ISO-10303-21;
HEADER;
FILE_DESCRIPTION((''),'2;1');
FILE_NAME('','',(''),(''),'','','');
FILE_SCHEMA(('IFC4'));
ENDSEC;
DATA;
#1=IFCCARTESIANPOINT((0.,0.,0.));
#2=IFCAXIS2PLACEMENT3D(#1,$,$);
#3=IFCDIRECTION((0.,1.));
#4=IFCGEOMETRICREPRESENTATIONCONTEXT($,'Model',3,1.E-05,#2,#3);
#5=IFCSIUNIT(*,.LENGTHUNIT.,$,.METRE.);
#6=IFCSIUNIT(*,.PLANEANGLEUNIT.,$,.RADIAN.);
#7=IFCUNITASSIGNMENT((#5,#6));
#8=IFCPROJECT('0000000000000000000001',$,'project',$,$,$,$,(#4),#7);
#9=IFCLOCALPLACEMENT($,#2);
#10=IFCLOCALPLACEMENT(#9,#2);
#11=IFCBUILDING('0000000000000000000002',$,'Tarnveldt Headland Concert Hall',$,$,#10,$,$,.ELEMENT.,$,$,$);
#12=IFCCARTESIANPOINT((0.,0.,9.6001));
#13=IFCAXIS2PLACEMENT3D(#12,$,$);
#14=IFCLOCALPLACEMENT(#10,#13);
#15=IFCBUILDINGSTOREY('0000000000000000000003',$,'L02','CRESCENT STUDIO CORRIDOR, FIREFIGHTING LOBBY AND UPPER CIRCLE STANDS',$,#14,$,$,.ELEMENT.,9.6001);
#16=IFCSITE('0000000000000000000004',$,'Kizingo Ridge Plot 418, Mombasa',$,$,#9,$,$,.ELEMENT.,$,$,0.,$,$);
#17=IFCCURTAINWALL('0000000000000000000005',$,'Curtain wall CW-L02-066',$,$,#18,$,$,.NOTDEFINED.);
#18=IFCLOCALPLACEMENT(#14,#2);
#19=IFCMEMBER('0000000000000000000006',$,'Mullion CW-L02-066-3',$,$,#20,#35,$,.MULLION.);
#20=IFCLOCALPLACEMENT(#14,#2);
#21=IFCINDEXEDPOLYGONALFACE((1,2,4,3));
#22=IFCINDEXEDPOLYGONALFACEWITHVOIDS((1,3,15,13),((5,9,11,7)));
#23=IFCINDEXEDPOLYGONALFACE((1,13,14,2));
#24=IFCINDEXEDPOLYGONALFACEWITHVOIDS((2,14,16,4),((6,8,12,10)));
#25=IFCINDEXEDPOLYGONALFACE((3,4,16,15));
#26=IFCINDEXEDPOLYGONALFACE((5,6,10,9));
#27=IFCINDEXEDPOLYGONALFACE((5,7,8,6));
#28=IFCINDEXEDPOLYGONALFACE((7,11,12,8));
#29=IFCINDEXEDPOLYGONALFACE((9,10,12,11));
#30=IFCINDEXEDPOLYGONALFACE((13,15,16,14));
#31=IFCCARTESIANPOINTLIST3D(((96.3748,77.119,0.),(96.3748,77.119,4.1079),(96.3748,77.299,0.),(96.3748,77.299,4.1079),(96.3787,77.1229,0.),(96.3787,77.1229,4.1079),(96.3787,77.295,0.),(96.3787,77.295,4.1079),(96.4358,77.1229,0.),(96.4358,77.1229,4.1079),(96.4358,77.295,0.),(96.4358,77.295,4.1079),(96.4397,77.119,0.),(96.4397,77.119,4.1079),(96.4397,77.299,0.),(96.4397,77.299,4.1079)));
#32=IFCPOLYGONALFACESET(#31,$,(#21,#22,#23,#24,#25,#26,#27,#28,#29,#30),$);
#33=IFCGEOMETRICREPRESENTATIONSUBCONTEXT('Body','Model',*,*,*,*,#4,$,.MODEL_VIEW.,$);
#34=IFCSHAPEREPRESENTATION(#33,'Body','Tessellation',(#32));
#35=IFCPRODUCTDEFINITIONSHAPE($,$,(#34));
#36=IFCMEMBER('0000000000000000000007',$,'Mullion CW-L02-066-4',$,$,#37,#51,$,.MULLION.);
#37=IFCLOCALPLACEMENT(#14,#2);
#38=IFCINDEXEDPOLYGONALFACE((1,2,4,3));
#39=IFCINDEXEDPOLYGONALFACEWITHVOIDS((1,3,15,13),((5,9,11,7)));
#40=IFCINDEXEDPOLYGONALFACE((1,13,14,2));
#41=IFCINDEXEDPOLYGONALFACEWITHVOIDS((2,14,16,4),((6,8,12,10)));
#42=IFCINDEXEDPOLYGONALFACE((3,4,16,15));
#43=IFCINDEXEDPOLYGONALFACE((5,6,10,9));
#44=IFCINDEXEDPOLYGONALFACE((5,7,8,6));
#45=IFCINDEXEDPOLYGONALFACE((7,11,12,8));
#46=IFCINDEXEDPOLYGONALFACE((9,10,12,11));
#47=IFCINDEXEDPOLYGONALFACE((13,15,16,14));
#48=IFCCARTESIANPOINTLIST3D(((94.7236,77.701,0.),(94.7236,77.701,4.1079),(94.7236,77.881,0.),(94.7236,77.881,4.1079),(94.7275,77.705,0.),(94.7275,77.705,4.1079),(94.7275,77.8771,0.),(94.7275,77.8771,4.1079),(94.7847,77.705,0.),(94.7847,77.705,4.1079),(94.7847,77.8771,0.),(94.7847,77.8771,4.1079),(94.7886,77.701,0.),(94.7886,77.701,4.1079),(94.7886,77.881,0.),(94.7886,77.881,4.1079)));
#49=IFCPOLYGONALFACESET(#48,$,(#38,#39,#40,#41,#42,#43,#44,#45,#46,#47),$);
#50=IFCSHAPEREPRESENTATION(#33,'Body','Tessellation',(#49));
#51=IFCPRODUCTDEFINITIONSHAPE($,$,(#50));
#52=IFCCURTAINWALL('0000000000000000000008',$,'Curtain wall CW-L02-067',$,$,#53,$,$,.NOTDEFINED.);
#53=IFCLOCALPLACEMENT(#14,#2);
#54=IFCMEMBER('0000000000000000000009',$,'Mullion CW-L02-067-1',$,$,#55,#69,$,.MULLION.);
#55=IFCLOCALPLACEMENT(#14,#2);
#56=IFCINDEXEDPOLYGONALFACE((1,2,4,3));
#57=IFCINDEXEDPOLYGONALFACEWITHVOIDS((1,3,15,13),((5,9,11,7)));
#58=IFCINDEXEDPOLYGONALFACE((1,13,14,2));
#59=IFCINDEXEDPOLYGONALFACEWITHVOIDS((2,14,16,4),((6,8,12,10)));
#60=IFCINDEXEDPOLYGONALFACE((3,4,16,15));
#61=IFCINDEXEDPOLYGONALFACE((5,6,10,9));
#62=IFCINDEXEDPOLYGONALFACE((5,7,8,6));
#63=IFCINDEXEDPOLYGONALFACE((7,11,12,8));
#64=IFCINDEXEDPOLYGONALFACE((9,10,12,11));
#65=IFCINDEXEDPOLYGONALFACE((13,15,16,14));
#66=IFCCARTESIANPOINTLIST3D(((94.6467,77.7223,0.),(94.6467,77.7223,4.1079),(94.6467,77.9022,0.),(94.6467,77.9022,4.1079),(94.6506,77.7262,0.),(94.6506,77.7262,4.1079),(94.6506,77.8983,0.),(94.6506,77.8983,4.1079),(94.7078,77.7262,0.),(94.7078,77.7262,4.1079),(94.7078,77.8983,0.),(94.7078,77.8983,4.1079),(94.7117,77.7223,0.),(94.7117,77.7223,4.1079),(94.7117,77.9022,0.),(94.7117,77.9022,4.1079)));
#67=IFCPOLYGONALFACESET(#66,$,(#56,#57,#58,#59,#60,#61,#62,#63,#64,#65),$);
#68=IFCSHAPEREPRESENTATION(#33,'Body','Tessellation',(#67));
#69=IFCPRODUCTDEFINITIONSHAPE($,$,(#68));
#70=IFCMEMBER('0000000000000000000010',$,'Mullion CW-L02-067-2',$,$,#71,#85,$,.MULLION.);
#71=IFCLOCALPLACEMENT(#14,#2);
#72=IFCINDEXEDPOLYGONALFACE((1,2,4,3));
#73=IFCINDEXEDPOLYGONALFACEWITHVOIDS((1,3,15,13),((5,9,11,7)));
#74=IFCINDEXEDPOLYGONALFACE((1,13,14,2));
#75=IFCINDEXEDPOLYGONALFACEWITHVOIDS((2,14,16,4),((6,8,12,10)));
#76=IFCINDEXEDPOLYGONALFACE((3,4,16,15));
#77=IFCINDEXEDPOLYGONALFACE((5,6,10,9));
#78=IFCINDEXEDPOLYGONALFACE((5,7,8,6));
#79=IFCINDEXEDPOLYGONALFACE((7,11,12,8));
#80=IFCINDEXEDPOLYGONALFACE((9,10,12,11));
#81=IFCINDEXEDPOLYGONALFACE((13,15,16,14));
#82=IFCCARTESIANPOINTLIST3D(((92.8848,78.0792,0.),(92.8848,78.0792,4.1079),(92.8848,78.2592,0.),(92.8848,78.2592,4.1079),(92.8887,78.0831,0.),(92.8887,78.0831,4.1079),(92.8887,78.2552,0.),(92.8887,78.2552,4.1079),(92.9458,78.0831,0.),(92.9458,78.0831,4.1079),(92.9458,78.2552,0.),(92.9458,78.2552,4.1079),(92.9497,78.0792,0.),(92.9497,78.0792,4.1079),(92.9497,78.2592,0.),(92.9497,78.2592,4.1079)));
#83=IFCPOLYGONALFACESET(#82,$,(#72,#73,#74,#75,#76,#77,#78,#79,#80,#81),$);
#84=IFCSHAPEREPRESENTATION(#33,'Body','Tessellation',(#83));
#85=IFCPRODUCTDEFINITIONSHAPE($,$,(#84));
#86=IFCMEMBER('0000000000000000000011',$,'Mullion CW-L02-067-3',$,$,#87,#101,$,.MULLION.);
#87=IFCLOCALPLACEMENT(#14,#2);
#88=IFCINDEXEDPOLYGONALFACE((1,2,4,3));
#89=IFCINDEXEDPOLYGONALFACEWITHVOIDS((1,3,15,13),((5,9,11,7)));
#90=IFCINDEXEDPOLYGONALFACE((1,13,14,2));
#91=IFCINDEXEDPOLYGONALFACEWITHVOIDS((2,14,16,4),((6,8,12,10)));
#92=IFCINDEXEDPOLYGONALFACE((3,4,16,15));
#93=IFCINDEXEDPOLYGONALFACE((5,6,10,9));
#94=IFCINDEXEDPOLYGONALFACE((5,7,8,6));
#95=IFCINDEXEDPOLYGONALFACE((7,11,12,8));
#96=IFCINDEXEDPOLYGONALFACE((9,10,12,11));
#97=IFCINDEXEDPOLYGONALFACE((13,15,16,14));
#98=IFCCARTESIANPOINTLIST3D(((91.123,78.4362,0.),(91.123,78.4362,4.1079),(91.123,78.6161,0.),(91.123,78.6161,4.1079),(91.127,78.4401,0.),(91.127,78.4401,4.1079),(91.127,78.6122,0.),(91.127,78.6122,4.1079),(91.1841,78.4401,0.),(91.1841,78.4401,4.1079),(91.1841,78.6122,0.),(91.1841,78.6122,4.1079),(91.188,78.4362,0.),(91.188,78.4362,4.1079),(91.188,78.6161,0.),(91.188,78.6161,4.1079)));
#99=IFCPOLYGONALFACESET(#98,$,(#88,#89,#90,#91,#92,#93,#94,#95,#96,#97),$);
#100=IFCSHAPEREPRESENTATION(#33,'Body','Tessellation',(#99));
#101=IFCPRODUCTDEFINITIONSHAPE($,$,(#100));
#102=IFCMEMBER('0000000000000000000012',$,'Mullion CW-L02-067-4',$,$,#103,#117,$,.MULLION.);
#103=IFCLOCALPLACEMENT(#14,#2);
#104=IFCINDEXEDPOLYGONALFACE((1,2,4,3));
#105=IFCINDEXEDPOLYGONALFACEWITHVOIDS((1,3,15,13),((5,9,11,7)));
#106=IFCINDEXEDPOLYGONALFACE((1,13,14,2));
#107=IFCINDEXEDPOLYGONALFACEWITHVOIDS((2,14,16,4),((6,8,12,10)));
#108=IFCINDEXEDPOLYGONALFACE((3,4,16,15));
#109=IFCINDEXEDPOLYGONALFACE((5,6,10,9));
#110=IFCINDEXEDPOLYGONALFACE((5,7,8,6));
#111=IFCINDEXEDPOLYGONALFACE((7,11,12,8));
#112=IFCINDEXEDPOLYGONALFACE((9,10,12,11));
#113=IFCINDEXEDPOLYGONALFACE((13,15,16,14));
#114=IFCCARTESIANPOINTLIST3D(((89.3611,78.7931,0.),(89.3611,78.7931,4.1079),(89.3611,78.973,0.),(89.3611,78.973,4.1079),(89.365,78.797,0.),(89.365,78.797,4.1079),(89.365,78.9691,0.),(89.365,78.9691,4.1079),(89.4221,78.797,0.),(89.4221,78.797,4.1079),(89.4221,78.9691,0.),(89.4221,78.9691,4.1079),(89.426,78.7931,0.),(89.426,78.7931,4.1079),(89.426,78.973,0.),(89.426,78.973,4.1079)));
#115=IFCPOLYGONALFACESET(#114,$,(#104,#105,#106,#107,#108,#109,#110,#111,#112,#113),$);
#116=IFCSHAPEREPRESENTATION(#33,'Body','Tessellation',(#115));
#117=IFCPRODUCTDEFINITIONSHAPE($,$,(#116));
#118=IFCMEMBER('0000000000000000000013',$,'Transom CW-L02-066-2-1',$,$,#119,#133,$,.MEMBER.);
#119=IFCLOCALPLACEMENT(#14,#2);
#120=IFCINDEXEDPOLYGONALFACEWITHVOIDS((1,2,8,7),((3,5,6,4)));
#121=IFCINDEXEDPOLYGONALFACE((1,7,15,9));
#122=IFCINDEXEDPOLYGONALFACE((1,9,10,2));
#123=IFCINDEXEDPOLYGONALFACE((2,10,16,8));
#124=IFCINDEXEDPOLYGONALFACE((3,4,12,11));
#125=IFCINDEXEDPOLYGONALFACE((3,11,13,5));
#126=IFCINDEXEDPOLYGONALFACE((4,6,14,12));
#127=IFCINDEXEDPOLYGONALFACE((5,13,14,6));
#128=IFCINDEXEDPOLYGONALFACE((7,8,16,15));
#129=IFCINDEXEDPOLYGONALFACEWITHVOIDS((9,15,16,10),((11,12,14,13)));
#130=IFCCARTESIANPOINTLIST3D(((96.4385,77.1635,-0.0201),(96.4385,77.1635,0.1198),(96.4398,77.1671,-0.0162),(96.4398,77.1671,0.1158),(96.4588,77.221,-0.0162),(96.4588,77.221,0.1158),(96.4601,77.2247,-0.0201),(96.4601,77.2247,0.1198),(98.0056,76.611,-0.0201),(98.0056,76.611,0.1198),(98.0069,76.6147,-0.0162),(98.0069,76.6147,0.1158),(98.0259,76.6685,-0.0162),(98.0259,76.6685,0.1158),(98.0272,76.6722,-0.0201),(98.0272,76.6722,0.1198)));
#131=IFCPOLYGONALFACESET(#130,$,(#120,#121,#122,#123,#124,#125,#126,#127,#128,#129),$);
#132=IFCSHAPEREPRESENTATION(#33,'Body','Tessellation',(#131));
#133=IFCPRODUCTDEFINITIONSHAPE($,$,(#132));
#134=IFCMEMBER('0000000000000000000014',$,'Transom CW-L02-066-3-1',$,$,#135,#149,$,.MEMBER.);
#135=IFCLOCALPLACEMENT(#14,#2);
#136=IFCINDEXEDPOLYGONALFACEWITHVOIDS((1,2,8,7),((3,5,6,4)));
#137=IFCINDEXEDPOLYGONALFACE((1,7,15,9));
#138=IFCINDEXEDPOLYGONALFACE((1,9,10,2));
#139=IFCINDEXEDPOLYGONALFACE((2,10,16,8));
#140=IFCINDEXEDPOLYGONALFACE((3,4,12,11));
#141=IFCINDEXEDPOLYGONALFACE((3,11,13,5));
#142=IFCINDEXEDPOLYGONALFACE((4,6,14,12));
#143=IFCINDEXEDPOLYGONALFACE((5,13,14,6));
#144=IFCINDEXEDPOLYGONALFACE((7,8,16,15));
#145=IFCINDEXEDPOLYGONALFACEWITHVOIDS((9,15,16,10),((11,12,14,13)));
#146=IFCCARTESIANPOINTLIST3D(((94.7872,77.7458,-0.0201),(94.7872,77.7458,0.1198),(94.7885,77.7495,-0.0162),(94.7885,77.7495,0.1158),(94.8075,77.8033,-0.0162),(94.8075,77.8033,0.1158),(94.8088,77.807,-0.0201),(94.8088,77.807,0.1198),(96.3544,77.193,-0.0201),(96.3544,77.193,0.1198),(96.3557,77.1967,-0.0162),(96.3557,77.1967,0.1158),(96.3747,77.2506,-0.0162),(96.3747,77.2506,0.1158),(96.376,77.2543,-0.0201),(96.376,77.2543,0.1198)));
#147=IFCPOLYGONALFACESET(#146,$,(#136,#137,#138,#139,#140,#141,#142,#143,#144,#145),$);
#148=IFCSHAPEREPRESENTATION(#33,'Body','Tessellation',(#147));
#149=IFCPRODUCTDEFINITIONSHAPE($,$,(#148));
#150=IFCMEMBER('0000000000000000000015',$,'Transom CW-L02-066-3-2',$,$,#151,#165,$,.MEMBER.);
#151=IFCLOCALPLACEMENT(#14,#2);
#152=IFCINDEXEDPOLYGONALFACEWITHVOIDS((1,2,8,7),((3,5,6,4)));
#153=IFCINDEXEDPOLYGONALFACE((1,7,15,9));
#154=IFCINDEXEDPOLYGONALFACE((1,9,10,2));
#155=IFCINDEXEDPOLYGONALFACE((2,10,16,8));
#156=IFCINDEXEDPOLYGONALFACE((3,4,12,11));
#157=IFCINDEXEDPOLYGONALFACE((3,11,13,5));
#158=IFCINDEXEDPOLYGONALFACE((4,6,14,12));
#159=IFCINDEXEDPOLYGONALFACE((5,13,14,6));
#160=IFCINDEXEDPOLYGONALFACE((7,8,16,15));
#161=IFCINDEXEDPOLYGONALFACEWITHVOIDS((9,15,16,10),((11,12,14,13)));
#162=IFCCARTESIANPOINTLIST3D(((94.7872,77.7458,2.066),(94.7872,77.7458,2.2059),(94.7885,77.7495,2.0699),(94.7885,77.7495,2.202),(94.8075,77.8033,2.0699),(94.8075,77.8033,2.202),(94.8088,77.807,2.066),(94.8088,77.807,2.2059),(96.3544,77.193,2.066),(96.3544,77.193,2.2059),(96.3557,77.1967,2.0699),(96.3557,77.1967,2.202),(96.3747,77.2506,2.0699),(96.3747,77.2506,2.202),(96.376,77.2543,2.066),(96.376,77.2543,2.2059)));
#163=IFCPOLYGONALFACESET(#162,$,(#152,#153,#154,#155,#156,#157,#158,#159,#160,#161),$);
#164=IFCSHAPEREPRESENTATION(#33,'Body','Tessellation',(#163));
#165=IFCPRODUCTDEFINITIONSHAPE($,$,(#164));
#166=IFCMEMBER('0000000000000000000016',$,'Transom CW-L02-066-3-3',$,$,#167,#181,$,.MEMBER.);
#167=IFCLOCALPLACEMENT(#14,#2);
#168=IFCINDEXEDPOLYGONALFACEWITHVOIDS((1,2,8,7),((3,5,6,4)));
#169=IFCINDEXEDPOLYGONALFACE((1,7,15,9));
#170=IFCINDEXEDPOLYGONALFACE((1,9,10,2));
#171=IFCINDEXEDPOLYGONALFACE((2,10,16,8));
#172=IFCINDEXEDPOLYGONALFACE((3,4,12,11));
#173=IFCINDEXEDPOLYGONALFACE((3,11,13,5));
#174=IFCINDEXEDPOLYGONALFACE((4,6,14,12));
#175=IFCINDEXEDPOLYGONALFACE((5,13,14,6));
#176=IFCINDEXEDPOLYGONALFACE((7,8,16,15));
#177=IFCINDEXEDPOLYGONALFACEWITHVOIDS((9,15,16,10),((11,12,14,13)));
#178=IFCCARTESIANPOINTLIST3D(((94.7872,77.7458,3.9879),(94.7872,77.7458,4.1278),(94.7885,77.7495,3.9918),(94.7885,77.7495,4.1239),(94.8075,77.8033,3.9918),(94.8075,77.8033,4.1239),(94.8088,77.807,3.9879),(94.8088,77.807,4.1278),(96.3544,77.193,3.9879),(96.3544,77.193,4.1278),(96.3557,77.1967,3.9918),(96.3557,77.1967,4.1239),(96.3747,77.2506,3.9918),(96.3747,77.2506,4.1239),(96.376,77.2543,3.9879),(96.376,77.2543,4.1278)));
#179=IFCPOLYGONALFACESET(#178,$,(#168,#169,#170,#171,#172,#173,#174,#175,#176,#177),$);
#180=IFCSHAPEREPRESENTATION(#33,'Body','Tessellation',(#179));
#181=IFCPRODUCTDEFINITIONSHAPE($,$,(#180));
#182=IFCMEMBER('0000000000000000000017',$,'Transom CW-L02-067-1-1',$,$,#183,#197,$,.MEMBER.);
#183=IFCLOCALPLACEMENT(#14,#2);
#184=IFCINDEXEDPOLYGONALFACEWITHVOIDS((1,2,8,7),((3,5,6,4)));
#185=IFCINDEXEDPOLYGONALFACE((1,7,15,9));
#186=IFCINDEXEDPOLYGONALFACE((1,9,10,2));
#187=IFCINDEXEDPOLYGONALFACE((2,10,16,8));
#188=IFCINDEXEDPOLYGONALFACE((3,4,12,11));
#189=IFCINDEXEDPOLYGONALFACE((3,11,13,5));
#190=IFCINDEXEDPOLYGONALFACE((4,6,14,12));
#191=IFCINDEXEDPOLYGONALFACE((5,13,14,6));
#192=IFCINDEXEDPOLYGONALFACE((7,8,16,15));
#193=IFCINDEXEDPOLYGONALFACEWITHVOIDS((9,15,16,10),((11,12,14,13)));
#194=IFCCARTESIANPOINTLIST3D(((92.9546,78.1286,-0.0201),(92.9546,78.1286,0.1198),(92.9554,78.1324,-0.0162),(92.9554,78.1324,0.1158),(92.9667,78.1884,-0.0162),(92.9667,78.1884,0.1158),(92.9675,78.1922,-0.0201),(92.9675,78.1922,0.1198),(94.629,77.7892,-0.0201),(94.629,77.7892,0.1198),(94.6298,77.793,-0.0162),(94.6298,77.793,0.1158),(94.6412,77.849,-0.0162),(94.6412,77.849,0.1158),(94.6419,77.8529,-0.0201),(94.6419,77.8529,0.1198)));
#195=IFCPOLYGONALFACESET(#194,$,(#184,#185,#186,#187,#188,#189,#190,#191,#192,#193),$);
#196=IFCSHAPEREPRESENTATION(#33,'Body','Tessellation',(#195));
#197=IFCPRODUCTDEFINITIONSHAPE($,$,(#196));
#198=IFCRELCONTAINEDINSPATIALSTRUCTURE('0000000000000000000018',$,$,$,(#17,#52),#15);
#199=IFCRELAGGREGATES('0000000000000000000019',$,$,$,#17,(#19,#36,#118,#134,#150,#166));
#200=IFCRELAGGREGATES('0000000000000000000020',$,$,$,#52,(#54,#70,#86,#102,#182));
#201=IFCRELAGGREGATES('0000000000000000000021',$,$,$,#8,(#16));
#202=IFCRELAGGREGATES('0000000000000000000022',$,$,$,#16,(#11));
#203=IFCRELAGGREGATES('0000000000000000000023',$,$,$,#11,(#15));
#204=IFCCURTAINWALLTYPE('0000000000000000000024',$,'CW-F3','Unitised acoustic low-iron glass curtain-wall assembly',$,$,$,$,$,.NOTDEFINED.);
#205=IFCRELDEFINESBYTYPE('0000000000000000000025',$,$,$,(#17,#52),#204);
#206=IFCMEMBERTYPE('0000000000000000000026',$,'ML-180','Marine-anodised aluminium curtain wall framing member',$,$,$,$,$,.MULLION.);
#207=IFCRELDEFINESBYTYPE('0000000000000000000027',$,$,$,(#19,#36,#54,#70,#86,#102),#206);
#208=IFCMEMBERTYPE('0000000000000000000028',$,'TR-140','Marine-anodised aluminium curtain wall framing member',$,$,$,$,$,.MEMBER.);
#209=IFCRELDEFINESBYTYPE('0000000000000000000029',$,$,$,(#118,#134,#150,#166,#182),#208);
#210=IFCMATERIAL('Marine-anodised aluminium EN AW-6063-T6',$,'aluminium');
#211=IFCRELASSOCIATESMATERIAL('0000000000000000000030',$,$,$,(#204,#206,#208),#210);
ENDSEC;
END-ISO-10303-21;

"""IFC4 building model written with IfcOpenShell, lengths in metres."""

from ifc_helpers import new_model, si_unit, direction, frame, origin, origin_2d, place, context, subcontext, project, spatial, hollow_rectangle, extrude, material, material_profile, profile_set, type_object, element, aggregate, save


model = new_model("IFC4")

# Units and contexts
model_context = context("Model", 3, precision=1e-05, world=origin(), true_north=direction((0.0, 1.0)))
body_context = subcontext(model_context, "Body", "Model", "MODEL_VIEW")
ifc_project = project(units=[si_unit("LENGTHUNIT", "METRE"), si_unit("PLANEANGLEUNIT", "RADIAN")], contexts=[model_context])

# Site, building, storey
site_placement = place(None, origin())
site = spatial("IfcSite", under=ifc_project, at=site_placement, Name="Kizingo Ridge Plot 418, Mombasa", CompositionType="ELEMENT", RefElevation=0.0)
building_placement = place(site_placement, origin())
building = spatial("IfcBuilding", under=site, at=building_placement, Name="Tarnveldt Headland Concert Hall", CompositionType="ELEMENT")
storey_placement = place(building_placement, frame((0.0, 0.0, 9.6001)))
storey = spatial("IfcBuildingStorey", under=building, at=storey_placement, Name="L02", Description="CRESCENT STUDIO CORRIDOR, FIREFIGHTING LOBBY AND UPPER CIRCLE STANDS", CompositionType="ELEMENT", Elevation=9.6001)

# Curtain walls, members
ifc_material_1 = material(Name="Marine-anodised aluminium EN AW-6063-T6", Category="aluminium")
curtain_wall_type = type_object("IfcCurtainWallType", Name="CW-F3", Description="Unitised acoustic low-iron glass curtain-wall assembly", PredefinedType="NOTDEFINED", material=ifc_material_1)
curtain_wall_1_placement = place(storey_placement, origin())
curtain_wall_1 = element("IfcCurtainWall", 1, at=curtain_wall_1_placement, inside=storey, type_object=curtain_wall_type, Name="Curtain wall CW-L02-066", PredefinedType="NOTDEFINED")
ifc_material_profile_1 = material_profile(ifc_material_1, hollow_rectangle(XDim=0.0649, YDim=0.1799, WallThickness=0.0039, at=origin_2d()), Name="ALU MULLION 65x180x4", Category="aluminium")
ifc_profile_set_1 = profile_set([ifc_material_profile_1], Name="Marine-anodised aluminium EN AW-6063-T6")
member_type_1 = type_object("IfcMemberType", Name="ML-180", Description="Marine-anodised aluminium curtain wall framing member", PredefinedType="MULLION", material=ifc_profile_set_1)
member_1_placement = place(storey_placement, frame((96.4072, 77.209, 0.0), z_axis=(0.0, 0.0, 1.0), x_axis=(1.0, 0.0, 0.0)))
member_1 = element("IfcMember", 2, at=member_1_placement, type_object=member_type_1, Name="Mullion CW-L02-066-3", PredefinedType="MULLION", context=body_context, shape_type="SweptSolid", body=[
    extrude(hollow_rectangle(XDim=0.0649, YDim=0.1799, WallThickness=0.0039, at=origin_2d()), origin(), (0.0, 0.0, 1.0), 4.1079),
])
member_2_placement = place(storey_placement, frame((94.7561, 77.791, 0.0), z_axis=(0.0, 0.0, 1.0), x_axis=(1.0, 0.0, 0.0)))
member_2 = element("IfcMember", 3, at=member_2_placement, type_object=member_type_1, Name="Mullion CW-L02-066-4", PredefinedType="MULLION", context=body_context, shape_type="SweptSolid", body=[
    extrude(hollow_rectangle(XDim=0.0649, YDim=0.1799, WallThickness=0.0039, at=origin_2d()), origin(), (0.0, 0.0, 1.0), 4.1079),
])
curtain_wall_2_placement = place(storey_placement, origin())
curtain_wall_2 = element("IfcCurtainWall", 4, at=curtain_wall_2_placement, inside=storey, type_object=curtain_wall_type, Name="Curtain wall CW-L02-067", PredefinedType="NOTDEFINED")
member_3_placement = place(storey_placement, frame((94.6792, 77.8123, 0.0), z_axis=(0.0, 0.0, 1.0), x_axis=(1.0, 0.0, 0.0)))
member_3 = element("IfcMember", 5, at=member_3_placement, type_object=member_type_1, Name="Mullion CW-L02-067-1", PredefinedType="MULLION", context=body_context, shape_type="SweptSolid", body=[
    extrude(hollow_rectangle(XDim=0.0649, YDim=0.1799, WallThickness=0.0039, at=origin_2d()), origin(), (0.0, 0.0, 1.0), 4.1079),
])
member_4_placement = place(storey_placement, frame((92.9172, 78.1692, 0.0), z_axis=(0.0, 0.0, 1.0), x_axis=(1.0, 0.0, 0.0)))
member_4 = element("IfcMember", 6, at=member_4_placement, type_object=member_type_1, Name="Mullion CW-L02-067-2", PredefinedType="MULLION", context=body_context, shape_type="SweptSolid", body=[
    extrude(hollow_rectangle(XDim=0.0649, YDim=0.1799, WallThickness=0.0039, at=origin_2d()), origin(), (0.0, 0.0, 1.0), 4.1079),
])
member_5_placement = place(storey_placement, frame((91.1555, 78.5261, 0.0), z_axis=(0.0, 0.0, 1.0), x_axis=(1.0, 0.0, 0.0)))
member_5 = element("IfcMember", 7, at=member_5_placement, type_object=member_type_1, Name="Mullion CW-L02-067-3", PredefinedType="MULLION", context=body_context, shape_type="SweptSolid", body=[
    extrude(hollow_rectangle(XDim=0.0649, YDim=0.1799, WallThickness=0.0039, at=origin_2d()), origin(), (0.0, 0.0, 1.0), 4.1079),
])
member_6_placement = place(storey_placement, frame((89.3936, 78.8831, 0.0), z_axis=(0.0, 0.0, 1.0), x_axis=(1.0, 0.0, 0.0)))
member_6 = element("IfcMember", 8, at=member_6_placement, type_object=member_type_1, Name="Mullion CW-L02-067-4", PredefinedType="MULLION", context=body_context, shape_type="SweptSolid", body=[
    extrude(hollow_rectangle(XDim=0.0649, YDim=0.1799, WallThickness=0.0039, at=origin_2d()), origin(), (0.0, 0.0, 1.0), 4.1079),
])

# Members
ifc_material_profile_2 = material_profile(ifc_material_1, hollow_rectangle(XDim=0.0649, YDim=0.1399, WallThickness=0.0039, at=origin_2d()), Name="ALU TRANSOM 65x140x4", Category="aluminium")
ifc_profile_set_2 = profile_set([ifc_material_profile_2], Name="Marine-anodised aluminium EN AW-6063-T6")
member_type_2 = type_object("IfcMemberType", Name="TR-140", Description="Marine-anodised aluminium curtain wall framing member", PredefinedType="MEMBER", material=ifc_profile_set_2)
member_7_placement = place(storey_placement, frame((98.0164, 76.6416, 0.0498), z_axis=(-0.943107, 0.33249, 0.0), x_axis=(-0.33249, -0.943107, 0.0)))
member_7 = element("IfcMember", 9, at=member_7_placement, type_object=member_type_2, Name="Transom CW-L02-066-2-1", PredefinedType="MEMBER", context=body_context, shape_type="SweptSolid", body=[
    extrude(hollow_rectangle(XDim=0.0649, YDim=0.1399, WallThickness=0.0039, at=origin_2d()), origin(), (0.0, 0.0, 1.0), 1.6616),
])
member_8_placement = place(storey_placement, frame((96.3652, 77.2236, 0.0498), z_axis=(-0.943061, 0.33262, 0.0), x_axis=(-0.33262, -0.943061, 0.0)))
member_8 = element("IfcMember", 10, at=member_8_placement, type_object=member_type_2, Name="Transom CW-L02-066-3-1", PredefinedType="MEMBER", context=body_context, shape_type="SweptSolid", body=[
    extrude(hollow_rectangle(XDim=0.0649, YDim=0.1399, WallThickness=0.0039, at=origin_2d()), origin(), (0.0, 0.0, 1.0), 1.6619),
])
member_9_placement = place(storey_placement, frame((96.3652, 77.2236, 2.136), z_axis=(-0.943061, 0.33262, 0.0), x_axis=(-0.33262, -0.943061, 0.0)))
member_9 = element("IfcMember", 11, at=member_9_placement, type_object=member_type_2, Name="Transom CW-L02-066-3-2", PredefinedType="MEMBER", context=body_context, shape_type="SweptSolid", body=[
    extrude(hollow_rectangle(XDim=0.0649, YDim=0.1399, WallThickness=0.0039, at=origin_2d()), origin(), (0.0, 0.0, 1.0), 1.6619),
])
member_10_placement = place(storey_placement, frame((96.3652, 77.2236, 4.0579), z_axis=(-0.943061, 0.33262, 0.0), x_axis=(-0.33262, -0.943061, 0.0)))
member_10 = element("IfcMember", 12, at=member_10_placement, type_object=member_type_2, Name="Transom CW-L02-066-3-3", PredefinedType="MEMBER", context=body_context, shape_type="SweptSolid", body=[
    extrude(hollow_rectangle(XDim=0.0649, YDim=0.1399, WallThickness=0.0039, at=origin_2d()), origin(), (0.0, 0.0, 1.0), 1.6619),
])
member_11_placement = place(storey_placement, frame((94.6355, 77.821, 0.0498), z_axis=(-0.980077, 0.198616, 0.0), x_axis=(-0.198616, -0.980077, 0.0)))
member_11 = element("IfcMember", 13, at=member_11_placement, type_object=member_type_2, Name="Transom CW-L02-067-1-1", PredefinedType="MEMBER", context=body_context, shape_type="SweptSolid", body=[
    extrude(hollow_rectangle(XDim=0.0649, YDim=0.1399, WallThickness=0.0039, at=origin_2d()), origin(), (0.0, 0.0, 1.0), 1.7085),
])

aggregate(curtain_wall_1, [member_1, member_2, member_7, member_8, member_9, member_10])
aggregate(curtain_wall_2, [member_3, member_4, member_5, member_6, member_11])

save(model, "model.ifc")
